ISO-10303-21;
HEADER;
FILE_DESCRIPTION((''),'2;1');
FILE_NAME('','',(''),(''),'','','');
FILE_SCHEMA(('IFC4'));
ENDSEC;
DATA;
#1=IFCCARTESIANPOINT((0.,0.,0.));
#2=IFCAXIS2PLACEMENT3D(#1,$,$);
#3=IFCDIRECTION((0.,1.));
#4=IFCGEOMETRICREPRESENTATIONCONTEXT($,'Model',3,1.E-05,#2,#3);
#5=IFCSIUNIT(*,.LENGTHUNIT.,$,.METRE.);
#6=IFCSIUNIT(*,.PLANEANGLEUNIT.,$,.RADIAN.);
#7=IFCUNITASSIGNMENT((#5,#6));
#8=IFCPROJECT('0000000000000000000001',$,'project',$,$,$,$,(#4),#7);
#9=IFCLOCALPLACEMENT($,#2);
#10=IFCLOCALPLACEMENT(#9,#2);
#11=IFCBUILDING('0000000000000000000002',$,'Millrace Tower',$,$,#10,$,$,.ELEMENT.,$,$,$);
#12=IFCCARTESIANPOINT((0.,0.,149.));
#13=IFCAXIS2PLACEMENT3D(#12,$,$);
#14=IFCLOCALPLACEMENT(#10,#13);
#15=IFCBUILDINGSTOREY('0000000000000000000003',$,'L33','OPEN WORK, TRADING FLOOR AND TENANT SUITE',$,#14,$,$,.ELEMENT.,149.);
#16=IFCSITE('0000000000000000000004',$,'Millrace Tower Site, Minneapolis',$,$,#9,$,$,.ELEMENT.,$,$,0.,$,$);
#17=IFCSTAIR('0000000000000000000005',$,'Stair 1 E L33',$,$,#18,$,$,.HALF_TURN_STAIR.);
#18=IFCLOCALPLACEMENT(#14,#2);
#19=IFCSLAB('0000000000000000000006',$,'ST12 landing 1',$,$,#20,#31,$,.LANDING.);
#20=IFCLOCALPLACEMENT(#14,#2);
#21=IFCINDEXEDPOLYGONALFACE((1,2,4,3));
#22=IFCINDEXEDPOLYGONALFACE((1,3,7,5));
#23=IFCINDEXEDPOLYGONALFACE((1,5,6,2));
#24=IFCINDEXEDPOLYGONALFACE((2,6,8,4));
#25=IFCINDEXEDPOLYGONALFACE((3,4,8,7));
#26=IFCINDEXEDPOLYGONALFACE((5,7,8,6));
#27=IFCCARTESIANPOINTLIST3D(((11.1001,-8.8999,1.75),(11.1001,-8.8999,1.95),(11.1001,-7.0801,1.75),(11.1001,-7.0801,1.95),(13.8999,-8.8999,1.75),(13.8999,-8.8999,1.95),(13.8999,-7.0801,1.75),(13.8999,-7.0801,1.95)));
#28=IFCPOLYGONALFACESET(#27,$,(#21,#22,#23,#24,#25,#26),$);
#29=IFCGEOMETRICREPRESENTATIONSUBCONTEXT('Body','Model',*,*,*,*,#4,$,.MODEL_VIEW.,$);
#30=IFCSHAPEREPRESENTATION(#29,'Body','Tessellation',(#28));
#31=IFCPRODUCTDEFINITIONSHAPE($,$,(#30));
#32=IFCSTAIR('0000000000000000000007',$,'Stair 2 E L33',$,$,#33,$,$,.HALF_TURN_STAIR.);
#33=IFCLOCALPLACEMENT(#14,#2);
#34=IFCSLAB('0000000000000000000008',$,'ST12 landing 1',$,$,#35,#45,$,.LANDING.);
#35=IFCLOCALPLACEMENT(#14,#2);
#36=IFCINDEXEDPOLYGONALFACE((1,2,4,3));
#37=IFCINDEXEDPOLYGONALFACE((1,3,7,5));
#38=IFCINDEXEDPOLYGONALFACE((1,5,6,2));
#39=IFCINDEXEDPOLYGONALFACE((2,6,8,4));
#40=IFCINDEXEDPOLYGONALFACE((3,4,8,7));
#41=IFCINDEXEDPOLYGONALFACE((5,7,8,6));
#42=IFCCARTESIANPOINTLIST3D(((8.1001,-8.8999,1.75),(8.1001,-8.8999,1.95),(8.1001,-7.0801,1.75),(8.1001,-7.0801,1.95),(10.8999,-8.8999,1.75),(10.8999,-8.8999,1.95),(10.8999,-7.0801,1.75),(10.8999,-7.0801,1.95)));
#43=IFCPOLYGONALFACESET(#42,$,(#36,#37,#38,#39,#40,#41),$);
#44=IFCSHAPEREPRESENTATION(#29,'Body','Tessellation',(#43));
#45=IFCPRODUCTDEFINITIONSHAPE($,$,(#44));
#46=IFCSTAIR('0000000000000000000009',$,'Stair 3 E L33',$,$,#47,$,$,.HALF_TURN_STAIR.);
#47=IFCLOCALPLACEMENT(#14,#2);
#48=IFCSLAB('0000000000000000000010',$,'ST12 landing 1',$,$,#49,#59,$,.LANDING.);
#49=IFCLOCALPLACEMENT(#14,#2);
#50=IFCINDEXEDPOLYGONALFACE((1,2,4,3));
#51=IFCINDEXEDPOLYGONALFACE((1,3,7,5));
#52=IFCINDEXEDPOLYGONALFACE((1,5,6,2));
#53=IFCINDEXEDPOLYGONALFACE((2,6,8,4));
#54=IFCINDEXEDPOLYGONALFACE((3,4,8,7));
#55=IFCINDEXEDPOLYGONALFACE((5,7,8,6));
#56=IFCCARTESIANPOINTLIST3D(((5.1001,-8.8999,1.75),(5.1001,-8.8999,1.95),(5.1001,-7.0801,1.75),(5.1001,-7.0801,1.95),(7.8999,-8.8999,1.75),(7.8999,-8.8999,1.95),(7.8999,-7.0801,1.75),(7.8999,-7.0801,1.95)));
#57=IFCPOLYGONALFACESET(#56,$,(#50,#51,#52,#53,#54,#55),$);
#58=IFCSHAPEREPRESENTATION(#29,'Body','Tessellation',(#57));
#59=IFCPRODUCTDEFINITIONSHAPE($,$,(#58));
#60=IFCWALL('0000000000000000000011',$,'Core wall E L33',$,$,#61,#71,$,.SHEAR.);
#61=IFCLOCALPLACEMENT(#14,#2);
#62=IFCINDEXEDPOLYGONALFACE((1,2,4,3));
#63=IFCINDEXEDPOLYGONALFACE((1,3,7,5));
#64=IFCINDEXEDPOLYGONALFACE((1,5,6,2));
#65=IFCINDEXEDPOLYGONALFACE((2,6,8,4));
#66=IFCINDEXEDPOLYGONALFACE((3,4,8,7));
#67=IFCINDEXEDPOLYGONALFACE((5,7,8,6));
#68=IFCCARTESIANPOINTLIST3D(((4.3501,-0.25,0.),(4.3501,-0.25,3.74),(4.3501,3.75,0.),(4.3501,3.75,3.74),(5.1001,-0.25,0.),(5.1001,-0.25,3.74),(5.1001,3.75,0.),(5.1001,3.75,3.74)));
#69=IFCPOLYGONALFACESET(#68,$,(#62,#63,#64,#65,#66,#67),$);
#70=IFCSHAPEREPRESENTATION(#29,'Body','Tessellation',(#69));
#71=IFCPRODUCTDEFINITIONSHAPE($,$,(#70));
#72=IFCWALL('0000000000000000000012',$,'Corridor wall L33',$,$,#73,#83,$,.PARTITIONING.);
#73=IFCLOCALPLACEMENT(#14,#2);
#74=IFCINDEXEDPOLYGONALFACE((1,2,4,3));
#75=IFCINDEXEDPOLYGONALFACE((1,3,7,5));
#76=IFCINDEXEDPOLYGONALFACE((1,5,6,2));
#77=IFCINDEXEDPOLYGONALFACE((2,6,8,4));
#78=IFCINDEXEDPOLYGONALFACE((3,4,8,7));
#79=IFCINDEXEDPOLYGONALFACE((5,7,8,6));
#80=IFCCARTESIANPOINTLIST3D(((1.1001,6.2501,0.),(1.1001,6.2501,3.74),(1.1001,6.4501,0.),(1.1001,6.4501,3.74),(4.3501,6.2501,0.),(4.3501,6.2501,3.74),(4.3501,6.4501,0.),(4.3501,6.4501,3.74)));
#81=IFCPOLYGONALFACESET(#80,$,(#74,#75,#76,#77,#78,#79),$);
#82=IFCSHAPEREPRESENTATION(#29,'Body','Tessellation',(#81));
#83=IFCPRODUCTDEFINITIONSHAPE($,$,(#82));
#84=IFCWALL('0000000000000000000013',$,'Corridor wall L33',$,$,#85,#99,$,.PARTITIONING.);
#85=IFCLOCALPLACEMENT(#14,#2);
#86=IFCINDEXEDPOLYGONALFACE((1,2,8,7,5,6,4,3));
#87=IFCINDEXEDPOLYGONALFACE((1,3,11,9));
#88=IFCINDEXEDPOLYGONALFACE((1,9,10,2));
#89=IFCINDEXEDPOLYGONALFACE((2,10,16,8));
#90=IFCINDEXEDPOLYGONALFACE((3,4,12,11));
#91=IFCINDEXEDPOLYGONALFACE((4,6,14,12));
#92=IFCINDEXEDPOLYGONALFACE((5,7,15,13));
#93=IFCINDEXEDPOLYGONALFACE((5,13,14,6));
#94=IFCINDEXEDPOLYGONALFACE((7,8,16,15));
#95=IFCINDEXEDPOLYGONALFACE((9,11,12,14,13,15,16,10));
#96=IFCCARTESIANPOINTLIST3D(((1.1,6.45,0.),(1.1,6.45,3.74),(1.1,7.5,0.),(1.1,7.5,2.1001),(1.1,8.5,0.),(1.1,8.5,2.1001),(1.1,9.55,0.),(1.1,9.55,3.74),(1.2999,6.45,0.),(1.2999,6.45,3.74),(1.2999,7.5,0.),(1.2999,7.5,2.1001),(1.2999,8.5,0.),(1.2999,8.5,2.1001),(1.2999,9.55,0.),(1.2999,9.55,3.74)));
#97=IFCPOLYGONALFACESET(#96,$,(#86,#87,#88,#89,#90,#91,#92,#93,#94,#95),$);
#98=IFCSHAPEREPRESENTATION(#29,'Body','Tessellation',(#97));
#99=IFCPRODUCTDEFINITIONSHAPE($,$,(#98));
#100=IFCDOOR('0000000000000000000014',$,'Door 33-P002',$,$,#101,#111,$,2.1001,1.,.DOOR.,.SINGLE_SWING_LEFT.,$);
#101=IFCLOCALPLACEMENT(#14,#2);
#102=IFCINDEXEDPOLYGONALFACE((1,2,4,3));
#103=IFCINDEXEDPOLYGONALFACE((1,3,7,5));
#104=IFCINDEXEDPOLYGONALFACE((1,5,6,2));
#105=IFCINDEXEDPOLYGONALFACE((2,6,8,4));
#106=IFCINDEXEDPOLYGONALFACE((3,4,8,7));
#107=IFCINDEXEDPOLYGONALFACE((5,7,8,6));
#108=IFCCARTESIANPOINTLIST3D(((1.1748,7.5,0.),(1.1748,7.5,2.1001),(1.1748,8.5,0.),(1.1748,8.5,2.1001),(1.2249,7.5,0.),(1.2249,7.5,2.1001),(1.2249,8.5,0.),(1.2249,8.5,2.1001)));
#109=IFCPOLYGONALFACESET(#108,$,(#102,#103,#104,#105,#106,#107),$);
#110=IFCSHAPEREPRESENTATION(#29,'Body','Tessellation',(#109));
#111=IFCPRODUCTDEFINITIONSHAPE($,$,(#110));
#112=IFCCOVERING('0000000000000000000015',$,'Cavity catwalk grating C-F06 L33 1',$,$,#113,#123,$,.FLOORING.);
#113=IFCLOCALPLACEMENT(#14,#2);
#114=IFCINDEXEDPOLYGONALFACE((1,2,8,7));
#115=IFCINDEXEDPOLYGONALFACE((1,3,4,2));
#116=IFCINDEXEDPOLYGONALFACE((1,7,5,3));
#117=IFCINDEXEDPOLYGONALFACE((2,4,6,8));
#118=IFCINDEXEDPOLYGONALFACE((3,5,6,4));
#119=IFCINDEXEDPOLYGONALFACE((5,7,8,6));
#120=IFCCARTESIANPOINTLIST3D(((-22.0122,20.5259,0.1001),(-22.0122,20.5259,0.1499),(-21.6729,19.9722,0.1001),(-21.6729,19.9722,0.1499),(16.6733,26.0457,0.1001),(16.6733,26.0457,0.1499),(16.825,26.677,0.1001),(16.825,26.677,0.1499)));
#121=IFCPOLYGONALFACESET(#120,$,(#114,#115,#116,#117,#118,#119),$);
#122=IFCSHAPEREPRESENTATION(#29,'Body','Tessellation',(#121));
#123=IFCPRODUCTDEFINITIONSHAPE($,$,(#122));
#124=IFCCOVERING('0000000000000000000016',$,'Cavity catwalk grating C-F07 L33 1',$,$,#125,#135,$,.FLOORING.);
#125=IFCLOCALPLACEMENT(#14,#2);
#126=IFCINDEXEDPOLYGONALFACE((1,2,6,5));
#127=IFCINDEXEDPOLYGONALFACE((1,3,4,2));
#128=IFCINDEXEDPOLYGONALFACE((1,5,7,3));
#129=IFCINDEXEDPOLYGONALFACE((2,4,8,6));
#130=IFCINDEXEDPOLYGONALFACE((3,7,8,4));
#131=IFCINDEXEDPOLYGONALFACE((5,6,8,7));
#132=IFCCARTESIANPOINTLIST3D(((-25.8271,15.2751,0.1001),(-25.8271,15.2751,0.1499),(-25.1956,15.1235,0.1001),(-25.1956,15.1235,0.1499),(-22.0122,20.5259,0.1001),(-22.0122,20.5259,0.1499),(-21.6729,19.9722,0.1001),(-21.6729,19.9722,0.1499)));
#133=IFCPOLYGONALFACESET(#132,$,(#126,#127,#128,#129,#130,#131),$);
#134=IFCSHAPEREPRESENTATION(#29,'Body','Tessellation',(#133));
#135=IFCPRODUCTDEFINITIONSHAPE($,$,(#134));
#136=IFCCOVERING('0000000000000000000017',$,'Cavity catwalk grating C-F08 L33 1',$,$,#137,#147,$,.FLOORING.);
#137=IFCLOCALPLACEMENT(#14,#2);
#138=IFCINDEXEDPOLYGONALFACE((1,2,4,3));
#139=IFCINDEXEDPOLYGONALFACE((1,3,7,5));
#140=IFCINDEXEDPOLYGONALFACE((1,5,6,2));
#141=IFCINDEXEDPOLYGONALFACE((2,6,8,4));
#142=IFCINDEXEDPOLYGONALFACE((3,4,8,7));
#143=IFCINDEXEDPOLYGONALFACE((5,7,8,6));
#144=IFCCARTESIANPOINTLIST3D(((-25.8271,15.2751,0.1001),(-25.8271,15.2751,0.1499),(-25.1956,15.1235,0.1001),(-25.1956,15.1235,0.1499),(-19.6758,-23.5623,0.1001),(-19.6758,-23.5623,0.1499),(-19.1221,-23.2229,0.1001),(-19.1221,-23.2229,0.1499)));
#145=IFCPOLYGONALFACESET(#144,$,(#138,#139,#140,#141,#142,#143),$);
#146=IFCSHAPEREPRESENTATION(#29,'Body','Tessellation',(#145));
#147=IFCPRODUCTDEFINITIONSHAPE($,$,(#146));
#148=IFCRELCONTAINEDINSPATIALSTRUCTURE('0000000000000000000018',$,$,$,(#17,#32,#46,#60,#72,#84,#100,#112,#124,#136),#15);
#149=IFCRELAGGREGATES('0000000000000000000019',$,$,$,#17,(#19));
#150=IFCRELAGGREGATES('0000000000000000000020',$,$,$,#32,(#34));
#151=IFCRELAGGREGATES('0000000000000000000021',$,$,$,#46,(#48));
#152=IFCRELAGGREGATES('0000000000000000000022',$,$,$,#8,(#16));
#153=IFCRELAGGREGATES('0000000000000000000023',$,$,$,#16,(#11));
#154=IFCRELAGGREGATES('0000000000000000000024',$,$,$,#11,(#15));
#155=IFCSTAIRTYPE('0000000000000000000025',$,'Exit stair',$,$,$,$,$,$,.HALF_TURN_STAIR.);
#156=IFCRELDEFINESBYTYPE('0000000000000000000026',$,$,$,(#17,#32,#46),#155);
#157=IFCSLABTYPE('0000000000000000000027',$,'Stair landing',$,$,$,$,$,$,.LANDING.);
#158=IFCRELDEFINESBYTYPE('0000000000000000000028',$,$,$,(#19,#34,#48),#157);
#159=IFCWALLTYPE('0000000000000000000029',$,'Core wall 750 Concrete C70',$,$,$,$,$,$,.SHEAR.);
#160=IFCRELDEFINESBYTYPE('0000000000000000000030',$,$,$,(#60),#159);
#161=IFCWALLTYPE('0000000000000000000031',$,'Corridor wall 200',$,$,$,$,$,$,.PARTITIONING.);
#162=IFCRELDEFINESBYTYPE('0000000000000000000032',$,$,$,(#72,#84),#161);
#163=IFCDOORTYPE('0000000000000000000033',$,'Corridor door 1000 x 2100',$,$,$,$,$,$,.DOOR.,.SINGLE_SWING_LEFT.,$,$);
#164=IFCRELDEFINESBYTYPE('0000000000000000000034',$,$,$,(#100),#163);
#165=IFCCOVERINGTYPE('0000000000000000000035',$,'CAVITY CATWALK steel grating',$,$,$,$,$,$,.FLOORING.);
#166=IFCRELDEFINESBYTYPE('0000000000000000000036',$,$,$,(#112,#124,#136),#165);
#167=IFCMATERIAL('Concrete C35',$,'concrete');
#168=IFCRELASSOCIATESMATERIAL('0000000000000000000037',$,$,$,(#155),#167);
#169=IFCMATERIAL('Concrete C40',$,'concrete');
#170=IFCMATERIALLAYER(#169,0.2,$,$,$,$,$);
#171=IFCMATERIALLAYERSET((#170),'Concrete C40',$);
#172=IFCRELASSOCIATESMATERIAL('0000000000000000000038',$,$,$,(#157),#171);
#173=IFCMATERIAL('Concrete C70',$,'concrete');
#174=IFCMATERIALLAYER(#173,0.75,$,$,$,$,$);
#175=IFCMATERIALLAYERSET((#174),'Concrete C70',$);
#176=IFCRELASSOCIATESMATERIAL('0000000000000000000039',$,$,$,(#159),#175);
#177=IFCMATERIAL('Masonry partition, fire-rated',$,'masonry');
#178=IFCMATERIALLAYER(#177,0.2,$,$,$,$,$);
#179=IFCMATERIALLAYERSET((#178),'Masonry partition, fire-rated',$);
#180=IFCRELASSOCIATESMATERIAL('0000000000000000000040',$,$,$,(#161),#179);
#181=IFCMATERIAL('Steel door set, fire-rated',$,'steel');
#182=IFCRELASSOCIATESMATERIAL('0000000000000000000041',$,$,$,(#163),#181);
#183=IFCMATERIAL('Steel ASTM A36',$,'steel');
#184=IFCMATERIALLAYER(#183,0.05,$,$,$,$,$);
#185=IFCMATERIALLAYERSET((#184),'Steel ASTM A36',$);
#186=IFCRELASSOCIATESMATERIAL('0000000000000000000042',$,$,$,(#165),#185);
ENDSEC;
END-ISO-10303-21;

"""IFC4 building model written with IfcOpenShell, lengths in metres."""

from ifc_helpers import new_model, si_unit, direction, frame, frame_2d, origin, place, context, subcontext, project, spatial, polyline, rectangle, outline, extrude, material, layer, layer_set, type_object, element, fill, aggregate, save


model = new_model("IFC4")

# Units and contexts
model_context = context("Model", 3, precision=1e-05, world=origin(), true_north=direction((0.0, 1.0)))
body_context = subcontext(model_context, "Body", "Model", "MODEL_VIEW")
ifc_project = project(units=[si_unit("LENGTHUNIT", "METRE"), si_unit("PLANEANGLEUNIT", "RADIAN")], contexts=[model_context])

# Site, building, storey
site_placement = place(None, origin())
site = spatial("IfcSite", under=ifc_project, at=site_placement, Name="Millrace Tower Site, Minneapolis", CompositionType="ELEMENT", RefElevation=0.0)
building_placement = place(site_placement, origin())
building = spatial("IfcBuilding", under=site, at=building_placement, Name="Millrace Tower", CompositionType="ELEMENT")
storey_placement = place(building_placement, frame((0.0, 0.0, 149.0)))
storey = spatial("IfcBuildingStorey", under=building, at=storey_placement, Name="L33", Description="OPEN WORK, TRADING FLOOR AND TENANT SUITE", CompositionType="ELEMENT", Elevation=149.0)

# Shared definitions
placement_1 = place(storey_placement, origin())

# Stairs, slabs
ifc_material_1 = material(Name="Concrete C35", Category="concrete")
stair_type = type_object("IfcStairType", Name="Exit stair", PredefinedType="HALF_TURN_STAIR", material=ifc_material_1)
ifc_material_2 = material(Name="Concrete C40", Category="concrete")
ifc_layer_1 = layer(ifc_material_2, 0.2)
ifc_layer_set_1 = layer_set([ifc_layer_1], Name="Concrete C40")
slab_type = type_object("IfcSlabType", Name="Stair landing", PredefinedType="LANDING", material=ifc_layer_set_1)
placement_2 = place(storey_placement, frame((0.0, 0.0, 1.75)))
stair_1 = element("IfcStair", 1, at=placement_1, inside=storey, type_object=stair_type, Name="Stair 1 E L33", PredefinedType="HALF_TURN_STAIR")
slab_1 = element("IfcSlab", 2, at=placement_2, type_object=slab_type, Name="ST12 landing 1", PredefinedType="LANDING", context=body_context, shape_type="SweptSolid", body=[
    extrude(outline(polyline([(11.1001, -8.8999), (13.8999, -8.8999), (13.8999, -7.0801), (11.1001, -7.0801), (11.1001, -8.8999)])), origin(), (0.0, 0.0, 1.0), 0.2),
])
aggregate(stair_1, [slab_1])
stair_2 = element("IfcStair", 3, at=placement_1, inside=storey, type_object=stair_type, Name="Stair 2 E L33", PredefinedType="HALF_TURN_STAIR")
slab_2 = element("IfcSlab", 4, at=placement_2, type_object=slab_type, Name="ST12 landing 1", PredefinedType="LANDING", context=body_context, shape_type="SweptSolid", body=[
    extrude(outline(polyline([(8.1001, -8.8999), (10.8999, -8.8999), (10.8999, -7.0801), (8.1001, -7.0801), (8.1001, -8.8999)])), origin(), (0.0, 0.0, 1.0), 0.2),
])
aggregate(stair_2, [slab_2])
stair_3 = element("IfcStair", 5, at=placement_1, inside=storey, type_object=stair_type, Name="Stair 3 E L33", PredefinedType="HALF_TURN_STAIR")
slab_3 = element("IfcSlab", 6, at=placement_2, type_object=slab_type, Name="ST12 landing 1", PredefinedType="LANDING", context=body_context, shape_type="SweptSolid", body=[
    extrude(outline(polyline([(5.1001, -8.8999), (7.8999, -8.8999), (7.8999, -7.0801), (5.1001, -7.0801), (5.1001, -8.8999)])), origin(), (0.0, 0.0, 1.0), 0.2),
])
aggregate(stair_3, [slab_3])

# Walls
ifc_material_3 = material(Name="Concrete C70", Category="concrete")
ifc_layer_2 = layer(ifc_material_3, 0.75)
ifc_layer_set_2 = layer_set([ifc_layer_2], Name="Concrete C70")
wall_type_1 = type_object("IfcWallType", Name="Core wall 750 Concrete C70", PredefinedType="SHEAR", material=ifc_layer_set_2)
wall_1_placement = place(storey_placement, frame((4.7251, 3.75, 0.0), z_axis=(0.0, 0.0, 1.0), x_axis=(0.0, -1.0, 0.0)))
element("IfcWall", 7, at=wall_1_placement, inside=storey, type_object=wall_type_1, Name="Core wall E L33", PredefinedType="SHEAR", context=body_context, shape_type="SweptSolid", body=[
    extrude(rectangle(XDim=4.0, YDim=0.75, at=frame_2d((2.0, 0.0))), origin(), (0.0, 0.0, 1.0), 3.74),
])
ifc_material_4 = material(Name="Masonry partition, fire-rated", Category="masonry")
ifc_layer_3 = layer(ifc_material_4, 0.2)
ifc_layer_set_3 = layer_set([ifc_layer_3], Name="Masonry partition, fire-rated")
wall_type_2 = type_object("IfcWallType", Name="Corridor wall 200", PredefinedType="PARTITIONING", material=ifc_layer_set_3)
wall_2_placement = place(storey_placement, frame((1.1001, 6.3501, 0.0), z_axis=(0.0, 0.0, 1.0), x_axis=(1.0, 0.0, 0.0)))
element("IfcWall", 8, at=wall_2_placement, inside=storey, type_object=wall_type_2, Name="Corridor wall L33", PredefinedType="PARTITIONING", context=body_context, shape_type="SweptSolid", body=[
    extrude(rectangle(XDim=3.25, YDim=0.2, at=frame_2d((1.625, 0.0))), origin(), (0.0, 0.0, 1.0), 3.74),
])

# Wall, opening, door
wall_3_placement = place(storey_placement, frame((1.2, 6.45, 0.0), z_axis=(0.0, 0.0, 1.0), x_axis=(0.0, 1.0, 0.0)))
wall_3 = element("IfcWall", 9, at=wall_3_placement, inside=storey, type_object=wall_type_2, Name="Corridor wall L33", PredefinedType="PARTITIONING", context=body_context, shape_type="SweptSolid", body=[
    extrude(rectangle(XDim=3.1001, YDim=0.2, at=frame_2d((1.55, 0.0))), origin(), (0.0, 0.0, 1.0), 3.74),
])
opening_placement = place(wall_3_placement, frame((1.05, 0.0, 0.0)))
opening = element("IfcOpeningElement", 10, at=opening_placement, cuts=wall_3, PredefinedType="OPENING", context=body_context, shape_type="SweptSolid", body=[
    extrude(rectangle(XDim=1.0, YDim=2.1001, at=frame_2d((0.5, 1.05))), frame((0.0, 0.1099, 0.0), z_axis=(0.0, -1.0, 0.0), x_axis=(1.0, 0.0, 0.0)), (0.0, 0.0, 1.0), 0.22),
])
ifc_material_5 = material(Name="Steel door set, fire-rated", Category="steel")
door_type = type_object("IfcDoorType", Name="Corridor door 1000 x 2100", OperationType="SINGLE_SWING_LEFT", PredefinedType="DOOR", material=ifc_material_5)
door_placement = place(opening_placement, frame((1.0, 0.0, 0.0), z_axis=(0.0, 0.0, 1.0), x_axis=(-1.0, 0.0, 0.0)))
door = element("IfcDoor", 11, at=door_placement, inside=storey, type_object=door_type, Name="Door 33-P002", OperationType="SINGLE_SWING_LEFT", OverallHeight=2.1001, OverallWidth=1.0, PredefinedType="DOOR", context=body_context, shape_type="SweptSolid", body=[
    extrude(rectangle(XDim=1.0, YDim=2.1001, at=frame_2d((0.5, 1.05))), frame((0.0, 0.0249, 0.0), z_axis=(0.0, -1.0, 0.0), x_axis=(1.0, 0.0, 0.0)), (0.0, 0.0, 1.0), 0.05),
])
fill(opening, door)

# Coverings
ifc_material_6 = material(Name="Steel ASTM A36", Category="steel")
ifc_layer_4 = layer(ifc_material_6, 0.05)
ifc_layer_set_4 = layer_set([ifc_layer_4], Name="Steel ASTM A36")
covering_type = type_object("IfcCoveringType", Name="CAVITY CATWALK steel grating", PredefinedType="FLOORING", material=ifc_layer_set_4)
placement_3 = place(storey_placement, frame((0.0, 0.0, 0.1001)))
element("IfcCovering", 12, at=placement_3, inside=storey, type_object=covering_type, Name="Cavity catwalk grating C-F06 L33 1", PredefinedType="FLOORING", context=body_context, shape_type="SweptSolid", body=[
    extrude(outline(polyline([(16.825, 26.677), (-22.0122, 20.5259), (-21.6729, 19.9722), (16.6733, 26.0457), (16.825, 26.677)])), origin(), (0.0, 0.0, 1.0), 0.0498),
])
element("IfcCovering", 13, at=placement_3, inside=storey, type_object=covering_type, Name="Cavity catwalk grating C-F07 L33 1", PredefinedType="FLOORING", context=body_context, shape_type="SweptSolid", body=[
    extrude(outline(polyline([(-22.0122, 20.5259), (-25.8271, 15.2751), (-25.1956, 15.1235), (-21.6729, 19.9722), (-22.0122, 20.5259)])), origin(), (0.0, 0.0, 1.0), 0.0498),
])
element("IfcCovering", 14, at=placement_3, inside=storey, type_object=covering_type, Name="Cavity catwalk grating C-F08 L33 1", PredefinedType="FLOORING", context=body_context, shape_type="SweptSolid", body=[
    extrude(outline(polyline([(-25.8271, 15.2751), (-19.6758, -23.5623), (-19.1221, -23.2229), (-25.1956, 15.1235), (-25.8271, 15.2751)])), origin(), (0.0, 0.0, 1.0), 0.0498),
])

save(model, "model.ifc")
